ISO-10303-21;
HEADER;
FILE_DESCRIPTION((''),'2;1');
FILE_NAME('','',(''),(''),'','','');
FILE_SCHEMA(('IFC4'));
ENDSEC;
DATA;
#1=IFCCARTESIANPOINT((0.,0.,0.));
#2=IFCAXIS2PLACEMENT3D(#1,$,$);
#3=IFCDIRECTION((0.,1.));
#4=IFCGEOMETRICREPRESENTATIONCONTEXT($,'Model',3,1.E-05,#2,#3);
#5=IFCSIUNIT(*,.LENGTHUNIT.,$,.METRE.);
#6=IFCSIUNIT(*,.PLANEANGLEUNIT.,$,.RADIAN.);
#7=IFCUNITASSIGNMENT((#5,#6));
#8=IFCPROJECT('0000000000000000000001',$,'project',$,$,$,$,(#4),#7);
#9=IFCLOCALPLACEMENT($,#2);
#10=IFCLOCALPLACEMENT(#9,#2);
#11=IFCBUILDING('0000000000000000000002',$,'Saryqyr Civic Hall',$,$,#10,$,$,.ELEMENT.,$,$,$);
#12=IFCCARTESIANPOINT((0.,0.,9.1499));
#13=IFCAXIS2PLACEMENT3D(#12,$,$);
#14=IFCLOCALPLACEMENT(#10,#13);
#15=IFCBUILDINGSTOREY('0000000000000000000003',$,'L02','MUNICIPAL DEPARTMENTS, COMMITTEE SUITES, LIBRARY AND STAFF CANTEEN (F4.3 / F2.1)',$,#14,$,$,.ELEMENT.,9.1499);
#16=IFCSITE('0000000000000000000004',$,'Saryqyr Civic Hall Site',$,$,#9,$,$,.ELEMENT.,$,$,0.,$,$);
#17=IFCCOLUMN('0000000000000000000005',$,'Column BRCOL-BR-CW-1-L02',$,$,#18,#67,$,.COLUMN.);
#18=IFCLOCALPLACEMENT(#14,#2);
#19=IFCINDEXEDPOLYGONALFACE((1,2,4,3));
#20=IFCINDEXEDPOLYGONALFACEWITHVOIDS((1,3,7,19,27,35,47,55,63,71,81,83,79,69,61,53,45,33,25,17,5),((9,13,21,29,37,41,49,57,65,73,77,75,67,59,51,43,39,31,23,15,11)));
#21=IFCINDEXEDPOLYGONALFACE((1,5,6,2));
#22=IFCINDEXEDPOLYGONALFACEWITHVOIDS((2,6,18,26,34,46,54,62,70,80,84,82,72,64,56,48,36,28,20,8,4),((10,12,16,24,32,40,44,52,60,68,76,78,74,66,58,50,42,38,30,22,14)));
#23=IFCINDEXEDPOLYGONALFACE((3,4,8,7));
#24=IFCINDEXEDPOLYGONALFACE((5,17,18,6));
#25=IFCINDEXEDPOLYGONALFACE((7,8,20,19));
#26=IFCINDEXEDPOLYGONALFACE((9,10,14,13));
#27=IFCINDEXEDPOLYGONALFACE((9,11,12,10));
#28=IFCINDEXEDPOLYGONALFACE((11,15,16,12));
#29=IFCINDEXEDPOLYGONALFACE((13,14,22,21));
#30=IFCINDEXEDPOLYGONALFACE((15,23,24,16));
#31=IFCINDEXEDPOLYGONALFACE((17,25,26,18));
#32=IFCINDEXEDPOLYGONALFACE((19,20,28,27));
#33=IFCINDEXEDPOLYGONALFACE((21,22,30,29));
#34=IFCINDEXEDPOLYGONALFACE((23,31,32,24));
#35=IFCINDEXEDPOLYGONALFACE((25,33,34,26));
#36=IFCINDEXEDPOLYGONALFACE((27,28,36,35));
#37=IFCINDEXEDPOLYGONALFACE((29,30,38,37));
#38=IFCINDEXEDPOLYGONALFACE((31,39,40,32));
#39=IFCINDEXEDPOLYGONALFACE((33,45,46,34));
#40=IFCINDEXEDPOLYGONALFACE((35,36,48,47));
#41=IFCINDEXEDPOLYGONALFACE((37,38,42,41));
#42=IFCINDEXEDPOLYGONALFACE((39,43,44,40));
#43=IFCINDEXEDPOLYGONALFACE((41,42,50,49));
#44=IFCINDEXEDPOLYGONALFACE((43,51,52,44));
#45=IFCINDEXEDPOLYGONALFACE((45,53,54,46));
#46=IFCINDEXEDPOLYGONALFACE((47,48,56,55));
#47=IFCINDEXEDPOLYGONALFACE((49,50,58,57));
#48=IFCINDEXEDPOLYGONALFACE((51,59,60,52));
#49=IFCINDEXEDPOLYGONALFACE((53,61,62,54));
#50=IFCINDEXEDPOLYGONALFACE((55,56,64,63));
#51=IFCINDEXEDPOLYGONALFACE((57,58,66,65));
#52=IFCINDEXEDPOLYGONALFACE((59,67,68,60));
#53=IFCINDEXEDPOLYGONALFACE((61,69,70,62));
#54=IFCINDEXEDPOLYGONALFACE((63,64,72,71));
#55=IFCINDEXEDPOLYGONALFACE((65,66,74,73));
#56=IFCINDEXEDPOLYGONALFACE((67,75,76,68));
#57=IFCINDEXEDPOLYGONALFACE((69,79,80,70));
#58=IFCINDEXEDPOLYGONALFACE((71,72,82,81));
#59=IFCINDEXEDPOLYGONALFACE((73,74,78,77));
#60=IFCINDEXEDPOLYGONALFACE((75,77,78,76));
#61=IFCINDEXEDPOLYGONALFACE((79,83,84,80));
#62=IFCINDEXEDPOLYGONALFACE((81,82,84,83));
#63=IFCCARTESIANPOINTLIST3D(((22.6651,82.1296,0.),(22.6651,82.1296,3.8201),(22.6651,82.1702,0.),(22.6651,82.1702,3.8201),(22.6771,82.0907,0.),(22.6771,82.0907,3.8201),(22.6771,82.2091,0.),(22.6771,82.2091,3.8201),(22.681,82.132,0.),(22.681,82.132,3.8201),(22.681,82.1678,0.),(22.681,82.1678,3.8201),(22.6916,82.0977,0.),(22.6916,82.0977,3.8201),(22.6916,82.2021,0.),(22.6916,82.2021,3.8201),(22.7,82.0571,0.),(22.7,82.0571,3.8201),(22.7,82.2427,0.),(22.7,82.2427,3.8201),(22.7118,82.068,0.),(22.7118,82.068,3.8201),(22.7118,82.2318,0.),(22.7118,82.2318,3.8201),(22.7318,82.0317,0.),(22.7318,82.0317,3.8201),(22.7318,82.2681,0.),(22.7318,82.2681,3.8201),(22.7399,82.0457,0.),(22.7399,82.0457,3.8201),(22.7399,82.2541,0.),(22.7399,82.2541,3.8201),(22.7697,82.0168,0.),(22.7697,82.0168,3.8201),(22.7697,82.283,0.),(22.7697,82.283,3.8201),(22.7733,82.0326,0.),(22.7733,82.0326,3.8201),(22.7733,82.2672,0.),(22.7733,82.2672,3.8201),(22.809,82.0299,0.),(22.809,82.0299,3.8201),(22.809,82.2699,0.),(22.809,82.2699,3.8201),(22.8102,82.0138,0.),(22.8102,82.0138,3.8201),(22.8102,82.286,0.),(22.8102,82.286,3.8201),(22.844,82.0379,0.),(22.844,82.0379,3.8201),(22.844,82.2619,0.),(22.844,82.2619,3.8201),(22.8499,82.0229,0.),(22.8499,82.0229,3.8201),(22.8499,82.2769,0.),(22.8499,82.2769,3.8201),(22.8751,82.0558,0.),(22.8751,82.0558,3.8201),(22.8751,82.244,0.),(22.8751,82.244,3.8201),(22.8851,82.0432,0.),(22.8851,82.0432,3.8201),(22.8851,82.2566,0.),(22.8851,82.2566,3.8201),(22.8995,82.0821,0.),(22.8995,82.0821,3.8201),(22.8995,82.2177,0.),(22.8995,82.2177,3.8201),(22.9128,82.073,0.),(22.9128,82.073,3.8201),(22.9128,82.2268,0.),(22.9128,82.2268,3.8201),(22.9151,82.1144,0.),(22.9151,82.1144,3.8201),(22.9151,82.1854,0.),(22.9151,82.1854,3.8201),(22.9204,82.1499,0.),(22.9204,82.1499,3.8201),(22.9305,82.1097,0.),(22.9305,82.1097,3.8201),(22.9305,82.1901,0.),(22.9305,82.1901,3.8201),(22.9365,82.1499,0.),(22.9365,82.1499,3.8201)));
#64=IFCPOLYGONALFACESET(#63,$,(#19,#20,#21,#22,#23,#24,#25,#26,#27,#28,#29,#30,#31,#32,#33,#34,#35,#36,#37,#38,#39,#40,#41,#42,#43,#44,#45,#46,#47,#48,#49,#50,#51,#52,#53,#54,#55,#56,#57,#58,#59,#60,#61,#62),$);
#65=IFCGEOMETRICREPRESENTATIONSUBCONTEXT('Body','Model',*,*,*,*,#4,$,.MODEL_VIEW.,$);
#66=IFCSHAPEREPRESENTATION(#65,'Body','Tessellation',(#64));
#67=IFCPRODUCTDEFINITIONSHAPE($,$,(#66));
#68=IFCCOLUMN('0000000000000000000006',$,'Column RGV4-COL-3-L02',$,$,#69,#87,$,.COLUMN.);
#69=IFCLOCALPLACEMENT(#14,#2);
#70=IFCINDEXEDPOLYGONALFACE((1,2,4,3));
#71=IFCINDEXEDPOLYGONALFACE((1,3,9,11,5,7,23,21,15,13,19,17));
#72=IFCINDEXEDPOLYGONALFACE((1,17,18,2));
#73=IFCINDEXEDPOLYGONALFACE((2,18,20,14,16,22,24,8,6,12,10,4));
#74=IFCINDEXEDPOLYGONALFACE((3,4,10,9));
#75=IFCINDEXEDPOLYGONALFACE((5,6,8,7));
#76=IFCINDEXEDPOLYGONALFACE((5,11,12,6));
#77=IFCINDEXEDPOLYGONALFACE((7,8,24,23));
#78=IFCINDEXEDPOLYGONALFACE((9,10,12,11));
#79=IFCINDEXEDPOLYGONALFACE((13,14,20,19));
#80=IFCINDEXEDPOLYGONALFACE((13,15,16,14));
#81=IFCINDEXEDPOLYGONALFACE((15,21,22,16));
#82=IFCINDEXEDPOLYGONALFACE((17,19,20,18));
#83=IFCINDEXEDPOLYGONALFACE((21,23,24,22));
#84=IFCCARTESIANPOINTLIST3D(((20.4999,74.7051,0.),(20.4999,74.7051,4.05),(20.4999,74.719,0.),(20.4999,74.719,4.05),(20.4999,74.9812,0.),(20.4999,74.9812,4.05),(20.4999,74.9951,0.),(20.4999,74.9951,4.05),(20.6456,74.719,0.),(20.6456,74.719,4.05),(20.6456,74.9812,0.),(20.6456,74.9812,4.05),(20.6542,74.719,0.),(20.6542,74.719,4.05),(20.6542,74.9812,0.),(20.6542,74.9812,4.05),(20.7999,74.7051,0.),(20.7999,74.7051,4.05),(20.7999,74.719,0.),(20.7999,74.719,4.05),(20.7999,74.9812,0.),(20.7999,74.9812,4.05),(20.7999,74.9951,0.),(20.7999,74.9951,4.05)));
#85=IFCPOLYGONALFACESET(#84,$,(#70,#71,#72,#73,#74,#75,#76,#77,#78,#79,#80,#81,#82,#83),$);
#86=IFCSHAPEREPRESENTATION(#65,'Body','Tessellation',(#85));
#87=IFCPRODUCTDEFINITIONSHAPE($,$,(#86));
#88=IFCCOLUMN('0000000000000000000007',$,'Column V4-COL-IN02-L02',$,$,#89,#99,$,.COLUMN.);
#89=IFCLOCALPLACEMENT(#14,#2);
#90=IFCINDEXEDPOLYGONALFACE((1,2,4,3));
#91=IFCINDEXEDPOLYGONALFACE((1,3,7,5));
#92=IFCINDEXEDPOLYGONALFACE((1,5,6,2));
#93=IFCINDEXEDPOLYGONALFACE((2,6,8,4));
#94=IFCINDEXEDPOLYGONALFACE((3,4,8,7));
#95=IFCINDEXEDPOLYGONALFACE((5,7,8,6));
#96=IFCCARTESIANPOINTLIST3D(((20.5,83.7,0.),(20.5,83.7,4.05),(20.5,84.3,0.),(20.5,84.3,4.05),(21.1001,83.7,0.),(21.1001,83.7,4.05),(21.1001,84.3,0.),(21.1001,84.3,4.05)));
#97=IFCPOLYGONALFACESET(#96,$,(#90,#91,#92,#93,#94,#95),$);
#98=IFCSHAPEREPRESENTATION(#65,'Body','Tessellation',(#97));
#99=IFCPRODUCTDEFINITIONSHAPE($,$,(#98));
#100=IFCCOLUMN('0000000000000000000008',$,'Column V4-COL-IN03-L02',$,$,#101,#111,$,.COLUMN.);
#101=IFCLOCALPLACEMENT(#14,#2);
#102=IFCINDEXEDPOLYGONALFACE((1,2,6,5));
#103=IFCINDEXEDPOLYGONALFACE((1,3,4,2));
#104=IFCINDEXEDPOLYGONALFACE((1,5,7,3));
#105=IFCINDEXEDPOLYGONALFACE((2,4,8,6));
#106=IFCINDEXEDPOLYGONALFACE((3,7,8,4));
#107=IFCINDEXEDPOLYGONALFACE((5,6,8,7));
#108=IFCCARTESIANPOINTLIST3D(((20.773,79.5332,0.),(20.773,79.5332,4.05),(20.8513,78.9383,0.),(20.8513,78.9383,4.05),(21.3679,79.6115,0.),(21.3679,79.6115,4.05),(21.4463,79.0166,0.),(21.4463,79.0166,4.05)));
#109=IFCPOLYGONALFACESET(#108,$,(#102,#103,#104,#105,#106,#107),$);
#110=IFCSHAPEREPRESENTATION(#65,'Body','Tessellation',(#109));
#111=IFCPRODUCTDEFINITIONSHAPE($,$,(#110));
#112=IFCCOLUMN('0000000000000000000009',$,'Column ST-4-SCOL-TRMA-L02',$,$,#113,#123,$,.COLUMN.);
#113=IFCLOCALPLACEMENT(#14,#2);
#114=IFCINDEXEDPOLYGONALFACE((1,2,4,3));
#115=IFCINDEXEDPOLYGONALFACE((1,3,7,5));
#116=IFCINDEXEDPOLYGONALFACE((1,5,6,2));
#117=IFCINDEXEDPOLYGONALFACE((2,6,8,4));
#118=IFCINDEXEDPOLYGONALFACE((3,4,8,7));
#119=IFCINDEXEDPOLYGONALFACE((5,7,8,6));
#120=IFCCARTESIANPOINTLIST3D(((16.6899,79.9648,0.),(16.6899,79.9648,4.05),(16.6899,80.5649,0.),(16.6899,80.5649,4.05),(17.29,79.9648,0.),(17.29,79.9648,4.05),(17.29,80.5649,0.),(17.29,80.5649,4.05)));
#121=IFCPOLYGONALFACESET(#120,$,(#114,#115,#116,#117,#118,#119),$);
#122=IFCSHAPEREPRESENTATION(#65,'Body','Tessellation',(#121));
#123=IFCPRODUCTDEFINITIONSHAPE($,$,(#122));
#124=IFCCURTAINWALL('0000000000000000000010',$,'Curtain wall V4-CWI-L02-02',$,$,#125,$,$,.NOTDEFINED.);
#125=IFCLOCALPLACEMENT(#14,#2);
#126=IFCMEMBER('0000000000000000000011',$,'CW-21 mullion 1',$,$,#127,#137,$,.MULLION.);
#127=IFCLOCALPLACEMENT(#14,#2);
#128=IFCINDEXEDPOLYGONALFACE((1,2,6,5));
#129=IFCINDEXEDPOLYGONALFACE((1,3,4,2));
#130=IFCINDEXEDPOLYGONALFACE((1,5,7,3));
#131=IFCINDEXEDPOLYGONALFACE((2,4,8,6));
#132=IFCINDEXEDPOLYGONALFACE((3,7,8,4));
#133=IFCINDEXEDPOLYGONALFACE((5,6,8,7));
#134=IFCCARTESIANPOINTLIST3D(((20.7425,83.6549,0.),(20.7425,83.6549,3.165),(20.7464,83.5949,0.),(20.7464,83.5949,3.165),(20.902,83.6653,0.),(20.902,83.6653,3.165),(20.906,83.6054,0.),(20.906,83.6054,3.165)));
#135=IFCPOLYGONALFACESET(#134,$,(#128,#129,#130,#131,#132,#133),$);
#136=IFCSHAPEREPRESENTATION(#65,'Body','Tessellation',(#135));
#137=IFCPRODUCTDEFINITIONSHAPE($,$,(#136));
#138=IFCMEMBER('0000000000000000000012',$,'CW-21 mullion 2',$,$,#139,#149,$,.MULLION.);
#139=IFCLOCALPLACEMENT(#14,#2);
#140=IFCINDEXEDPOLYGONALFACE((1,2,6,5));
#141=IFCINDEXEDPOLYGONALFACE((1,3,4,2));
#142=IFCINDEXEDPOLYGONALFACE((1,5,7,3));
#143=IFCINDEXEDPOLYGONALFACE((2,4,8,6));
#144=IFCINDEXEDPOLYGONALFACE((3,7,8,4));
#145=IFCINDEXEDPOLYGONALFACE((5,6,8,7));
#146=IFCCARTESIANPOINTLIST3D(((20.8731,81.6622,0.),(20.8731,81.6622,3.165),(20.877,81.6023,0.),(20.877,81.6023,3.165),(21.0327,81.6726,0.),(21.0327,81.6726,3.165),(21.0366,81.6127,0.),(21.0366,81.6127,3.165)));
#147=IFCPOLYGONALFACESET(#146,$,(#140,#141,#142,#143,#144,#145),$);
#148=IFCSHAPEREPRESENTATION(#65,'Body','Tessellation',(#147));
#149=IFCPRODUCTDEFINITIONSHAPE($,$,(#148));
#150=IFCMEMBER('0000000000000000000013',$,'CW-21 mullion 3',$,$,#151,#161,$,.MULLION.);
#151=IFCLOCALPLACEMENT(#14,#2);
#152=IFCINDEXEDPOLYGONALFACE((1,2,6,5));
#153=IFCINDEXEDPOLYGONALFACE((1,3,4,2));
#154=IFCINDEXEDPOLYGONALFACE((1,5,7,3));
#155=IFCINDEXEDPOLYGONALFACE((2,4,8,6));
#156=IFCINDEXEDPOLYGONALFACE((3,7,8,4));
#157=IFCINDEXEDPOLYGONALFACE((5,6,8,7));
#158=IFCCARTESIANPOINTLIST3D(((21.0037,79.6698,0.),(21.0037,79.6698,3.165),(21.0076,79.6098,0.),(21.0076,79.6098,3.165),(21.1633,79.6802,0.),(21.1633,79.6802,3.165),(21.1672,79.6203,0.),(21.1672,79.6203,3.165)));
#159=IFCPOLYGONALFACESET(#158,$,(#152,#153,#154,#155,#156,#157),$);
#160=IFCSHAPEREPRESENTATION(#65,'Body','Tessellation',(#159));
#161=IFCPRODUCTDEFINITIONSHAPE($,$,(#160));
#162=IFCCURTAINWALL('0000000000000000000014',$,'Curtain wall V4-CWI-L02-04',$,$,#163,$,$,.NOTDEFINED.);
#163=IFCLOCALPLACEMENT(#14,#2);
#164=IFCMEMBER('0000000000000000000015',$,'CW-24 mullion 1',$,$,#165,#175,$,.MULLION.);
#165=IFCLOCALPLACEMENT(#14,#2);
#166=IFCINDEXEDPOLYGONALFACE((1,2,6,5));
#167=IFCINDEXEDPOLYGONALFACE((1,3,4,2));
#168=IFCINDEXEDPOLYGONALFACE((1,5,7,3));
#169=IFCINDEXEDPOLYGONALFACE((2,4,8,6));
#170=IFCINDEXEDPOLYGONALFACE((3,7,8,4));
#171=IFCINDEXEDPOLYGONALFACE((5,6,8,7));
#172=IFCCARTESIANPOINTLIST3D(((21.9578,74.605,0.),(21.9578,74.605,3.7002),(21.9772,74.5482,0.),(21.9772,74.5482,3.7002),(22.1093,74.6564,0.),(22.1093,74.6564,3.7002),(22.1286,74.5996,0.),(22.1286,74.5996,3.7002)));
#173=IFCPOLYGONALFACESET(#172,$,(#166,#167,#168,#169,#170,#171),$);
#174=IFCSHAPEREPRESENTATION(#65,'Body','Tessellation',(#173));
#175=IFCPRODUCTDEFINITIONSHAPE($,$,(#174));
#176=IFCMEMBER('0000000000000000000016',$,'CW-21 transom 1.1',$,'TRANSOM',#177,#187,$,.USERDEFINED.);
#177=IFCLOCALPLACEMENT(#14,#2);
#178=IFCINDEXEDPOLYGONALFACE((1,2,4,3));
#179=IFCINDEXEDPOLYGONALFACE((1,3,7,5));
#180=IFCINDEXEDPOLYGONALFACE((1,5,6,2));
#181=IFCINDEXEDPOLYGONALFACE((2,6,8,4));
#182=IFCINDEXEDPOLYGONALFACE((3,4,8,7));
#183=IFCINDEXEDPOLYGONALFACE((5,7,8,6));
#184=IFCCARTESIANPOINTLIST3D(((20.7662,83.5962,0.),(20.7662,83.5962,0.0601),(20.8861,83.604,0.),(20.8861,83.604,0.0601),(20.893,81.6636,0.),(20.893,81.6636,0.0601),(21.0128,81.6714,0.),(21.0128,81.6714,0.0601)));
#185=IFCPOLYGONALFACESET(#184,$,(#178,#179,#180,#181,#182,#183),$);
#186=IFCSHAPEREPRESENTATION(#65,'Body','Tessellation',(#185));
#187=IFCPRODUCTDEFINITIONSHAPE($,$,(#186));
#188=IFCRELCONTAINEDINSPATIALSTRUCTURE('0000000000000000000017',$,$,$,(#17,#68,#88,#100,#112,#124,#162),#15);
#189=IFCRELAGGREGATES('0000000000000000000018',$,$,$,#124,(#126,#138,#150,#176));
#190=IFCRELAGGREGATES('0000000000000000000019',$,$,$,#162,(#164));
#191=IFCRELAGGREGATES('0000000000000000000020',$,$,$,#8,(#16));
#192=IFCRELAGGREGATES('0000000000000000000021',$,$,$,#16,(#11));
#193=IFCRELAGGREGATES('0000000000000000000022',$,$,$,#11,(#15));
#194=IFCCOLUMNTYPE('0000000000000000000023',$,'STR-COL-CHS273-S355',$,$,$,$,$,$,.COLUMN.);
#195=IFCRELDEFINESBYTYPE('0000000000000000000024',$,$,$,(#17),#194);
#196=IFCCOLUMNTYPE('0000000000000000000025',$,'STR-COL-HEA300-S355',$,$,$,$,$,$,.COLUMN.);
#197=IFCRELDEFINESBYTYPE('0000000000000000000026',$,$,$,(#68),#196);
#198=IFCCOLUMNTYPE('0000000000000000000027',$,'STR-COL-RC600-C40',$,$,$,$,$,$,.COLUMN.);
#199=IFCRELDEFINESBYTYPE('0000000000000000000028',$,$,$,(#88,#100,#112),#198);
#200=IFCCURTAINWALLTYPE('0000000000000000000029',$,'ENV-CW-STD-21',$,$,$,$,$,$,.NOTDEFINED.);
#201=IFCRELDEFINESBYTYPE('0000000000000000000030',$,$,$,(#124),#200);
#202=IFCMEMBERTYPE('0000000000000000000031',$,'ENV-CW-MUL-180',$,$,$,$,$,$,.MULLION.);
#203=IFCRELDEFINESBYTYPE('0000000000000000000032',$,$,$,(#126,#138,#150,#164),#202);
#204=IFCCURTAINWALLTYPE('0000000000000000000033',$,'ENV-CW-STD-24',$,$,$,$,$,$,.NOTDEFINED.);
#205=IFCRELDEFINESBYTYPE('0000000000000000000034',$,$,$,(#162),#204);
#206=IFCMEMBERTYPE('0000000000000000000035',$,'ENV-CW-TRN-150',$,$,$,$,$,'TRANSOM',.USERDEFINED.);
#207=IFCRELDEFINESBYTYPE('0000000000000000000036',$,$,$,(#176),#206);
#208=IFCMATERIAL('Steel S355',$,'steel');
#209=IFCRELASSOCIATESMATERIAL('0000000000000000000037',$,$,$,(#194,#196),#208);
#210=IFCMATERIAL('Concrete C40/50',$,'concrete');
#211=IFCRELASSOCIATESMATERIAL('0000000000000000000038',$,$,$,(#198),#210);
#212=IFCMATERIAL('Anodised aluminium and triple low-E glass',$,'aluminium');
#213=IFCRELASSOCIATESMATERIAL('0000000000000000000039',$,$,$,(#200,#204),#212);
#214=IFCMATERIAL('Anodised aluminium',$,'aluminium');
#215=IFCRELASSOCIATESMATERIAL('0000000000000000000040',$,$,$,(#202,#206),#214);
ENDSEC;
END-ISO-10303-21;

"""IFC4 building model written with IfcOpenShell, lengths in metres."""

from ifc_helpers import new_model, si_unit, direction, frame, origin, origin_2d, place, context, subcontext, project, spatial, rectangle, hollow_circle, i_section, extrude, material, material_profile, profile_set, type_object, element, aggregate, save


model = new_model("IFC4")

# Units and contexts
model_context = context("Model", 3, precision=1e-05, world=origin(), true_north=direction((0.0, 1.0)))
body_context = subcontext(model_context, "Body", "Model", "MODEL_VIEW")
ifc_project = project(units=[si_unit("LENGTHUNIT", "METRE"), si_unit("PLANEANGLEUNIT", "RADIAN")], contexts=[model_context])

# Site, building, storey
site_placement = place(None, origin())
site = spatial("IfcSite", under=ifc_project, at=site_placement, Name="Saryqyr Civic Hall Site", CompositionType="ELEMENT", RefElevation=0.0)
building_placement = place(site_placement, origin())
building = spatial("IfcBuilding", under=site, at=building_placement, Name="Saryqyr Civic Hall", CompositionType="ELEMENT")
storey_placement = place(building_placement, frame((0.0, 0.0, 9.1499)))
storey = spatial("IfcBuildingStorey", under=building, at=storey_placement, Name="L02", Description="MUNICIPAL DEPARTMENTS, COMMITTEE SUITES, LIBRARY AND STAFF CANTEEN (F4.3 / F2.1)", CompositionType="ELEMENT", Elevation=9.1499)

# Columns
ifc_material_1 = material(Name="Steel S355", Category="steel")
ifc_material_profile_1 = material_profile(ifc_material_1, hollow_circle(Radius=0.1365, WallThickness=0.0161, at=origin_2d()), Name="CHS 273x16")
ifc_profile_set_1 = profile_set([ifc_material_profile_1], Name="Steel S355")
column_type_1 = type_object("IfcColumnType", Name="STR-COL-CHS273-S355", PredefinedType="COLUMN", material=ifc_profile_set_1)
column_1_placement = place(storey_placement, frame((22.8, 82.1499, 0.0), z_axis=(0.0, 0.0, 1.0), x_axis=(1.0, 0.0, 0.0)))
element("IfcColumn", 1, at=column_1_placement, inside=storey, type_object=column_type_1, Name="Column BRCOL-BR-CW-1-L02", PredefinedType="COLUMN", context=body_context, shape_type="SweptSolid", body=[
    extrude(hollow_circle(Radius=0.1365, WallThickness=0.0161, at=origin_2d()), origin(), (0.0, 0.0, 1.0), 3.8201),
])
ifc_material_profile_2 = material_profile(ifc_material_1, i_section(OverallWidth=0.3, OverallDepth=0.29, WebThickness=0.0085, FlangeThickness=0.0139, at=origin_2d()), Name="HEA 300")
ifc_profile_set_2 = profile_set([ifc_material_profile_2], Name="Steel S355")
column_type_2 = type_object("IfcColumnType", Name="STR-COL-HEA300-S355", PredefinedType="COLUMN", material=ifc_profile_set_2)
column_2_placement = place(storey_placement, frame((20.6499, 74.8501, 0.0), z_axis=(0.0, 0.0, 1.0), x_axis=(1.0, 0.0, 0.0)))
element("IfcColumn", 2, at=column_2_placement, inside=storey, type_object=column_type_2, Name="Column RGV4-COL-3-L02", PredefinedType="COLUMN", context=body_context, shape_type="SweptSolid", body=[
    extrude(i_section(OverallWidth=0.3, OverallDepth=0.29, WebThickness=0.0085, FlangeThickness=0.0139, at=origin_2d()), origin(), (0.0, 0.0, 1.0), 4.05),
])
ifc_material_2 = material(Name="Concrete C40/50", Category="concrete")
ifc_material_profile_3 = material_profile(ifc_material_2, rectangle(XDim=0.6001, YDim=0.6001, at=origin_2d()), Name="RC 600x600")
ifc_profile_set_3 = profile_set([ifc_material_profile_3], Name="Concrete C40/50")
column_type_3 = type_object("IfcColumnType", Name="STR-COL-RC600-C40", PredefinedType="COLUMN", material=ifc_profile_set_3)
for number, where, z_axis, x_axis, name in (
    (3, (20.8, 84.0, 0.0), (0.0, 0.0, 1.0), (-1.0, 0.0, 0.0), "Column V4-COL-IN02-L02"),
    (4, (21.1096, 79.2749, 0.0), (0.0, 0.0, 1.0), (-0.991445, -0.130526, 0.0), "Column V4-COL-IN03-L02"),
    (5, (16.99, 80.2649, 0.0), (0.0, 0.0, 1.0), (1.0, 0.0, 0.0), "Column ST-4-SCOL-TRMA-L02"),
):
    element("IfcColumn", number, at=place(storey_placement, frame(where, z_axis=z_axis, x_axis=x_axis)), inside=storey, type_object=column_type_3, Name=name, PredefinedType="COLUMN", context=body_context, shape_type="SweptSolid", body=[
        extrude(rectangle(XDim=0.6001, YDim=0.6001, at=origin_2d()), origin(), (0.0, 0.0, 1.0), 4.05),
    ])

# Curtain wall, members
ifc_material_3 = material(Name="Anodised aluminium and triple low-E glass", Category="aluminium")
curtain_wall_type_1 = type_object("IfcCurtainWallType", Name="ENV-CW-STD-21", PredefinedType="NOTDEFINED", material=ifc_material_3)
curtain_wall_1_placement = place(storey_placement, origin())
curtain_wall_1 = element("IfcCurtainWall", 6, at=curtain_wall_1_placement, inside=storey, type_object=curtain_wall_type_1, Name="Curtain wall V4-CWI-L02-02", PredefinedType="NOTDEFINED")
ifc_material_4 = material(Name="Anodised aluminium", Category="aluminium")
ifc_material_profile_4 = material_profile(ifc_material_4, rectangle(XDim=0.0601, YDim=0.1599, at=origin_2d()), Name="ALU MULLION 60x160")
ifc_profile_set_4 = profile_set([ifc_material_profile_4], Name="Anodised aluminium")
member_type_1 = type_object("IfcMemberType", Name="ENV-CW-MUL-180", PredefinedType="MULLION", material=ifc_profile_set_4)
member_1_placement = place(storey_placement, frame((20.8242, 83.6301, 0.0), z_axis=(0.0, 0.0, 1.0), x_axis=(0.065397, -0.997859, 0.0)))
member_1 = element("IfcMember", 7, at=member_1_placement, type_object=member_type_1, Name="CW-21 mullion 1", PredefinedType="MULLION", context=body_context, shape_type="SweptSolid", body=[
    extrude(rectangle(XDim=0.0601, YDim=0.1599, at=origin_2d()), origin(), (0.0, 0.0, 1.0), 3.165),
])
member_2_placement = place(storey_placement, frame((20.9548, 81.6375, 0.0), z_axis=(0.0, 0.0, 1.0), x_axis=(0.065397, -0.997859, 0.0)))
member_2 = element("IfcMember", 8, at=member_2_placement, type_object=member_type_1, Name="CW-21 mullion 2", PredefinedType="MULLION", context=body_context, shape_type="SweptSolid", body=[
    extrude(rectangle(XDim=0.0601, YDim=0.1599, at=origin_2d()), origin(), (0.0, 0.0, 1.0), 3.165),
])
member_3_placement = place(storey_placement, frame((21.0854, 79.645, 0.0), z_axis=(0.0, 0.0, 1.0), x_axis=(0.065397, -0.997859, 0.0)))
member_3 = element("IfcMember", 9, at=member_3_placement, type_object=member_type_1, Name="CW-21 mullion 3", PredefinedType="MULLION", context=body_context, shape_type="SweptSolid", body=[
    extrude(rectangle(XDim=0.0601, YDim=0.1599, at=origin_2d()), origin(), (0.0, 0.0, 1.0), 3.165),
])

# Curtain wall, member
curtain_wall_type_2 = type_object("IfcCurtainWallType", Name="ENV-CW-STD-24", PredefinedType="NOTDEFINED", material=ifc_material_3)
curtain_wall_2_placement = place(storey_placement, origin())
curtain_wall_2 = element("IfcCurtainWall", 10, at=curtain_wall_2_placement, inside=storey, type_object=curtain_wall_type_2, Name="Curtain wall V4-CWI-L02-04", PredefinedType="NOTDEFINED")
member_4_placement = place(storey_placement, frame((22.0432, 74.6023, 0.0), z_axis=(0.0, 0.0, 1.0), x_axis=(0.321447, -0.946928, 0.0)))
member_4 = element("IfcMember", 11, at=member_4_placement, type_object=member_type_1, Name="CW-24 mullion 1", PredefinedType="MULLION", context=body_context, shape_type="SweptSolid", body=[
    extrude(rectangle(XDim=0.0601, YDim=0.1599, at=origin_2d()), origin(), (0.0, 0.0, 1.0), 3.7002),
])

# Member
ifc_material_profile_5 = material_profile(ifc_material_4, rectangle(XDim=0.1201, YDim=0.0601, at=origin_2d()), Name="ALU TRANSOM 120x60")
ifc_profile_set_5 = profile_set([ifc_material_profile_5], Name="Anodised aluminium")
member_type_2 = type_object("IfcMemberType", Name="ENV-CW-TRN-150", ElementType="TRANSOM", PredefinedType="USERDEFINED", material=ifc_profile_set_5)
member_5_placement = place(storey_placement, frame((20.8262, 83.6001, 0.03), z_axis=(0.065423, -0.997858, 0.0), x_axis=(0.997858, 0.065423, 0.0)))
member_5 = element("IfcMember", 12, at=member_5_placement, type_object=member_type_2, Name="CW-21 transom 1.1", ObjectType="TRANSOM", PredefinedType="USERDEFINED", context=body_context, shape_type="SweptSolid", body=[
    extrude(rectangle(XDim=0.1201, YDim=0.0601, at=origin_2d()), origin(), (0.0, 0.0, 1.0), 1.9368),
])

aggregate(curtain_wall_1, [member_1, member_2, member_3, member_5])
aggregate(curtain_wall_2, [member_4])

save(model, "model.ifc")
